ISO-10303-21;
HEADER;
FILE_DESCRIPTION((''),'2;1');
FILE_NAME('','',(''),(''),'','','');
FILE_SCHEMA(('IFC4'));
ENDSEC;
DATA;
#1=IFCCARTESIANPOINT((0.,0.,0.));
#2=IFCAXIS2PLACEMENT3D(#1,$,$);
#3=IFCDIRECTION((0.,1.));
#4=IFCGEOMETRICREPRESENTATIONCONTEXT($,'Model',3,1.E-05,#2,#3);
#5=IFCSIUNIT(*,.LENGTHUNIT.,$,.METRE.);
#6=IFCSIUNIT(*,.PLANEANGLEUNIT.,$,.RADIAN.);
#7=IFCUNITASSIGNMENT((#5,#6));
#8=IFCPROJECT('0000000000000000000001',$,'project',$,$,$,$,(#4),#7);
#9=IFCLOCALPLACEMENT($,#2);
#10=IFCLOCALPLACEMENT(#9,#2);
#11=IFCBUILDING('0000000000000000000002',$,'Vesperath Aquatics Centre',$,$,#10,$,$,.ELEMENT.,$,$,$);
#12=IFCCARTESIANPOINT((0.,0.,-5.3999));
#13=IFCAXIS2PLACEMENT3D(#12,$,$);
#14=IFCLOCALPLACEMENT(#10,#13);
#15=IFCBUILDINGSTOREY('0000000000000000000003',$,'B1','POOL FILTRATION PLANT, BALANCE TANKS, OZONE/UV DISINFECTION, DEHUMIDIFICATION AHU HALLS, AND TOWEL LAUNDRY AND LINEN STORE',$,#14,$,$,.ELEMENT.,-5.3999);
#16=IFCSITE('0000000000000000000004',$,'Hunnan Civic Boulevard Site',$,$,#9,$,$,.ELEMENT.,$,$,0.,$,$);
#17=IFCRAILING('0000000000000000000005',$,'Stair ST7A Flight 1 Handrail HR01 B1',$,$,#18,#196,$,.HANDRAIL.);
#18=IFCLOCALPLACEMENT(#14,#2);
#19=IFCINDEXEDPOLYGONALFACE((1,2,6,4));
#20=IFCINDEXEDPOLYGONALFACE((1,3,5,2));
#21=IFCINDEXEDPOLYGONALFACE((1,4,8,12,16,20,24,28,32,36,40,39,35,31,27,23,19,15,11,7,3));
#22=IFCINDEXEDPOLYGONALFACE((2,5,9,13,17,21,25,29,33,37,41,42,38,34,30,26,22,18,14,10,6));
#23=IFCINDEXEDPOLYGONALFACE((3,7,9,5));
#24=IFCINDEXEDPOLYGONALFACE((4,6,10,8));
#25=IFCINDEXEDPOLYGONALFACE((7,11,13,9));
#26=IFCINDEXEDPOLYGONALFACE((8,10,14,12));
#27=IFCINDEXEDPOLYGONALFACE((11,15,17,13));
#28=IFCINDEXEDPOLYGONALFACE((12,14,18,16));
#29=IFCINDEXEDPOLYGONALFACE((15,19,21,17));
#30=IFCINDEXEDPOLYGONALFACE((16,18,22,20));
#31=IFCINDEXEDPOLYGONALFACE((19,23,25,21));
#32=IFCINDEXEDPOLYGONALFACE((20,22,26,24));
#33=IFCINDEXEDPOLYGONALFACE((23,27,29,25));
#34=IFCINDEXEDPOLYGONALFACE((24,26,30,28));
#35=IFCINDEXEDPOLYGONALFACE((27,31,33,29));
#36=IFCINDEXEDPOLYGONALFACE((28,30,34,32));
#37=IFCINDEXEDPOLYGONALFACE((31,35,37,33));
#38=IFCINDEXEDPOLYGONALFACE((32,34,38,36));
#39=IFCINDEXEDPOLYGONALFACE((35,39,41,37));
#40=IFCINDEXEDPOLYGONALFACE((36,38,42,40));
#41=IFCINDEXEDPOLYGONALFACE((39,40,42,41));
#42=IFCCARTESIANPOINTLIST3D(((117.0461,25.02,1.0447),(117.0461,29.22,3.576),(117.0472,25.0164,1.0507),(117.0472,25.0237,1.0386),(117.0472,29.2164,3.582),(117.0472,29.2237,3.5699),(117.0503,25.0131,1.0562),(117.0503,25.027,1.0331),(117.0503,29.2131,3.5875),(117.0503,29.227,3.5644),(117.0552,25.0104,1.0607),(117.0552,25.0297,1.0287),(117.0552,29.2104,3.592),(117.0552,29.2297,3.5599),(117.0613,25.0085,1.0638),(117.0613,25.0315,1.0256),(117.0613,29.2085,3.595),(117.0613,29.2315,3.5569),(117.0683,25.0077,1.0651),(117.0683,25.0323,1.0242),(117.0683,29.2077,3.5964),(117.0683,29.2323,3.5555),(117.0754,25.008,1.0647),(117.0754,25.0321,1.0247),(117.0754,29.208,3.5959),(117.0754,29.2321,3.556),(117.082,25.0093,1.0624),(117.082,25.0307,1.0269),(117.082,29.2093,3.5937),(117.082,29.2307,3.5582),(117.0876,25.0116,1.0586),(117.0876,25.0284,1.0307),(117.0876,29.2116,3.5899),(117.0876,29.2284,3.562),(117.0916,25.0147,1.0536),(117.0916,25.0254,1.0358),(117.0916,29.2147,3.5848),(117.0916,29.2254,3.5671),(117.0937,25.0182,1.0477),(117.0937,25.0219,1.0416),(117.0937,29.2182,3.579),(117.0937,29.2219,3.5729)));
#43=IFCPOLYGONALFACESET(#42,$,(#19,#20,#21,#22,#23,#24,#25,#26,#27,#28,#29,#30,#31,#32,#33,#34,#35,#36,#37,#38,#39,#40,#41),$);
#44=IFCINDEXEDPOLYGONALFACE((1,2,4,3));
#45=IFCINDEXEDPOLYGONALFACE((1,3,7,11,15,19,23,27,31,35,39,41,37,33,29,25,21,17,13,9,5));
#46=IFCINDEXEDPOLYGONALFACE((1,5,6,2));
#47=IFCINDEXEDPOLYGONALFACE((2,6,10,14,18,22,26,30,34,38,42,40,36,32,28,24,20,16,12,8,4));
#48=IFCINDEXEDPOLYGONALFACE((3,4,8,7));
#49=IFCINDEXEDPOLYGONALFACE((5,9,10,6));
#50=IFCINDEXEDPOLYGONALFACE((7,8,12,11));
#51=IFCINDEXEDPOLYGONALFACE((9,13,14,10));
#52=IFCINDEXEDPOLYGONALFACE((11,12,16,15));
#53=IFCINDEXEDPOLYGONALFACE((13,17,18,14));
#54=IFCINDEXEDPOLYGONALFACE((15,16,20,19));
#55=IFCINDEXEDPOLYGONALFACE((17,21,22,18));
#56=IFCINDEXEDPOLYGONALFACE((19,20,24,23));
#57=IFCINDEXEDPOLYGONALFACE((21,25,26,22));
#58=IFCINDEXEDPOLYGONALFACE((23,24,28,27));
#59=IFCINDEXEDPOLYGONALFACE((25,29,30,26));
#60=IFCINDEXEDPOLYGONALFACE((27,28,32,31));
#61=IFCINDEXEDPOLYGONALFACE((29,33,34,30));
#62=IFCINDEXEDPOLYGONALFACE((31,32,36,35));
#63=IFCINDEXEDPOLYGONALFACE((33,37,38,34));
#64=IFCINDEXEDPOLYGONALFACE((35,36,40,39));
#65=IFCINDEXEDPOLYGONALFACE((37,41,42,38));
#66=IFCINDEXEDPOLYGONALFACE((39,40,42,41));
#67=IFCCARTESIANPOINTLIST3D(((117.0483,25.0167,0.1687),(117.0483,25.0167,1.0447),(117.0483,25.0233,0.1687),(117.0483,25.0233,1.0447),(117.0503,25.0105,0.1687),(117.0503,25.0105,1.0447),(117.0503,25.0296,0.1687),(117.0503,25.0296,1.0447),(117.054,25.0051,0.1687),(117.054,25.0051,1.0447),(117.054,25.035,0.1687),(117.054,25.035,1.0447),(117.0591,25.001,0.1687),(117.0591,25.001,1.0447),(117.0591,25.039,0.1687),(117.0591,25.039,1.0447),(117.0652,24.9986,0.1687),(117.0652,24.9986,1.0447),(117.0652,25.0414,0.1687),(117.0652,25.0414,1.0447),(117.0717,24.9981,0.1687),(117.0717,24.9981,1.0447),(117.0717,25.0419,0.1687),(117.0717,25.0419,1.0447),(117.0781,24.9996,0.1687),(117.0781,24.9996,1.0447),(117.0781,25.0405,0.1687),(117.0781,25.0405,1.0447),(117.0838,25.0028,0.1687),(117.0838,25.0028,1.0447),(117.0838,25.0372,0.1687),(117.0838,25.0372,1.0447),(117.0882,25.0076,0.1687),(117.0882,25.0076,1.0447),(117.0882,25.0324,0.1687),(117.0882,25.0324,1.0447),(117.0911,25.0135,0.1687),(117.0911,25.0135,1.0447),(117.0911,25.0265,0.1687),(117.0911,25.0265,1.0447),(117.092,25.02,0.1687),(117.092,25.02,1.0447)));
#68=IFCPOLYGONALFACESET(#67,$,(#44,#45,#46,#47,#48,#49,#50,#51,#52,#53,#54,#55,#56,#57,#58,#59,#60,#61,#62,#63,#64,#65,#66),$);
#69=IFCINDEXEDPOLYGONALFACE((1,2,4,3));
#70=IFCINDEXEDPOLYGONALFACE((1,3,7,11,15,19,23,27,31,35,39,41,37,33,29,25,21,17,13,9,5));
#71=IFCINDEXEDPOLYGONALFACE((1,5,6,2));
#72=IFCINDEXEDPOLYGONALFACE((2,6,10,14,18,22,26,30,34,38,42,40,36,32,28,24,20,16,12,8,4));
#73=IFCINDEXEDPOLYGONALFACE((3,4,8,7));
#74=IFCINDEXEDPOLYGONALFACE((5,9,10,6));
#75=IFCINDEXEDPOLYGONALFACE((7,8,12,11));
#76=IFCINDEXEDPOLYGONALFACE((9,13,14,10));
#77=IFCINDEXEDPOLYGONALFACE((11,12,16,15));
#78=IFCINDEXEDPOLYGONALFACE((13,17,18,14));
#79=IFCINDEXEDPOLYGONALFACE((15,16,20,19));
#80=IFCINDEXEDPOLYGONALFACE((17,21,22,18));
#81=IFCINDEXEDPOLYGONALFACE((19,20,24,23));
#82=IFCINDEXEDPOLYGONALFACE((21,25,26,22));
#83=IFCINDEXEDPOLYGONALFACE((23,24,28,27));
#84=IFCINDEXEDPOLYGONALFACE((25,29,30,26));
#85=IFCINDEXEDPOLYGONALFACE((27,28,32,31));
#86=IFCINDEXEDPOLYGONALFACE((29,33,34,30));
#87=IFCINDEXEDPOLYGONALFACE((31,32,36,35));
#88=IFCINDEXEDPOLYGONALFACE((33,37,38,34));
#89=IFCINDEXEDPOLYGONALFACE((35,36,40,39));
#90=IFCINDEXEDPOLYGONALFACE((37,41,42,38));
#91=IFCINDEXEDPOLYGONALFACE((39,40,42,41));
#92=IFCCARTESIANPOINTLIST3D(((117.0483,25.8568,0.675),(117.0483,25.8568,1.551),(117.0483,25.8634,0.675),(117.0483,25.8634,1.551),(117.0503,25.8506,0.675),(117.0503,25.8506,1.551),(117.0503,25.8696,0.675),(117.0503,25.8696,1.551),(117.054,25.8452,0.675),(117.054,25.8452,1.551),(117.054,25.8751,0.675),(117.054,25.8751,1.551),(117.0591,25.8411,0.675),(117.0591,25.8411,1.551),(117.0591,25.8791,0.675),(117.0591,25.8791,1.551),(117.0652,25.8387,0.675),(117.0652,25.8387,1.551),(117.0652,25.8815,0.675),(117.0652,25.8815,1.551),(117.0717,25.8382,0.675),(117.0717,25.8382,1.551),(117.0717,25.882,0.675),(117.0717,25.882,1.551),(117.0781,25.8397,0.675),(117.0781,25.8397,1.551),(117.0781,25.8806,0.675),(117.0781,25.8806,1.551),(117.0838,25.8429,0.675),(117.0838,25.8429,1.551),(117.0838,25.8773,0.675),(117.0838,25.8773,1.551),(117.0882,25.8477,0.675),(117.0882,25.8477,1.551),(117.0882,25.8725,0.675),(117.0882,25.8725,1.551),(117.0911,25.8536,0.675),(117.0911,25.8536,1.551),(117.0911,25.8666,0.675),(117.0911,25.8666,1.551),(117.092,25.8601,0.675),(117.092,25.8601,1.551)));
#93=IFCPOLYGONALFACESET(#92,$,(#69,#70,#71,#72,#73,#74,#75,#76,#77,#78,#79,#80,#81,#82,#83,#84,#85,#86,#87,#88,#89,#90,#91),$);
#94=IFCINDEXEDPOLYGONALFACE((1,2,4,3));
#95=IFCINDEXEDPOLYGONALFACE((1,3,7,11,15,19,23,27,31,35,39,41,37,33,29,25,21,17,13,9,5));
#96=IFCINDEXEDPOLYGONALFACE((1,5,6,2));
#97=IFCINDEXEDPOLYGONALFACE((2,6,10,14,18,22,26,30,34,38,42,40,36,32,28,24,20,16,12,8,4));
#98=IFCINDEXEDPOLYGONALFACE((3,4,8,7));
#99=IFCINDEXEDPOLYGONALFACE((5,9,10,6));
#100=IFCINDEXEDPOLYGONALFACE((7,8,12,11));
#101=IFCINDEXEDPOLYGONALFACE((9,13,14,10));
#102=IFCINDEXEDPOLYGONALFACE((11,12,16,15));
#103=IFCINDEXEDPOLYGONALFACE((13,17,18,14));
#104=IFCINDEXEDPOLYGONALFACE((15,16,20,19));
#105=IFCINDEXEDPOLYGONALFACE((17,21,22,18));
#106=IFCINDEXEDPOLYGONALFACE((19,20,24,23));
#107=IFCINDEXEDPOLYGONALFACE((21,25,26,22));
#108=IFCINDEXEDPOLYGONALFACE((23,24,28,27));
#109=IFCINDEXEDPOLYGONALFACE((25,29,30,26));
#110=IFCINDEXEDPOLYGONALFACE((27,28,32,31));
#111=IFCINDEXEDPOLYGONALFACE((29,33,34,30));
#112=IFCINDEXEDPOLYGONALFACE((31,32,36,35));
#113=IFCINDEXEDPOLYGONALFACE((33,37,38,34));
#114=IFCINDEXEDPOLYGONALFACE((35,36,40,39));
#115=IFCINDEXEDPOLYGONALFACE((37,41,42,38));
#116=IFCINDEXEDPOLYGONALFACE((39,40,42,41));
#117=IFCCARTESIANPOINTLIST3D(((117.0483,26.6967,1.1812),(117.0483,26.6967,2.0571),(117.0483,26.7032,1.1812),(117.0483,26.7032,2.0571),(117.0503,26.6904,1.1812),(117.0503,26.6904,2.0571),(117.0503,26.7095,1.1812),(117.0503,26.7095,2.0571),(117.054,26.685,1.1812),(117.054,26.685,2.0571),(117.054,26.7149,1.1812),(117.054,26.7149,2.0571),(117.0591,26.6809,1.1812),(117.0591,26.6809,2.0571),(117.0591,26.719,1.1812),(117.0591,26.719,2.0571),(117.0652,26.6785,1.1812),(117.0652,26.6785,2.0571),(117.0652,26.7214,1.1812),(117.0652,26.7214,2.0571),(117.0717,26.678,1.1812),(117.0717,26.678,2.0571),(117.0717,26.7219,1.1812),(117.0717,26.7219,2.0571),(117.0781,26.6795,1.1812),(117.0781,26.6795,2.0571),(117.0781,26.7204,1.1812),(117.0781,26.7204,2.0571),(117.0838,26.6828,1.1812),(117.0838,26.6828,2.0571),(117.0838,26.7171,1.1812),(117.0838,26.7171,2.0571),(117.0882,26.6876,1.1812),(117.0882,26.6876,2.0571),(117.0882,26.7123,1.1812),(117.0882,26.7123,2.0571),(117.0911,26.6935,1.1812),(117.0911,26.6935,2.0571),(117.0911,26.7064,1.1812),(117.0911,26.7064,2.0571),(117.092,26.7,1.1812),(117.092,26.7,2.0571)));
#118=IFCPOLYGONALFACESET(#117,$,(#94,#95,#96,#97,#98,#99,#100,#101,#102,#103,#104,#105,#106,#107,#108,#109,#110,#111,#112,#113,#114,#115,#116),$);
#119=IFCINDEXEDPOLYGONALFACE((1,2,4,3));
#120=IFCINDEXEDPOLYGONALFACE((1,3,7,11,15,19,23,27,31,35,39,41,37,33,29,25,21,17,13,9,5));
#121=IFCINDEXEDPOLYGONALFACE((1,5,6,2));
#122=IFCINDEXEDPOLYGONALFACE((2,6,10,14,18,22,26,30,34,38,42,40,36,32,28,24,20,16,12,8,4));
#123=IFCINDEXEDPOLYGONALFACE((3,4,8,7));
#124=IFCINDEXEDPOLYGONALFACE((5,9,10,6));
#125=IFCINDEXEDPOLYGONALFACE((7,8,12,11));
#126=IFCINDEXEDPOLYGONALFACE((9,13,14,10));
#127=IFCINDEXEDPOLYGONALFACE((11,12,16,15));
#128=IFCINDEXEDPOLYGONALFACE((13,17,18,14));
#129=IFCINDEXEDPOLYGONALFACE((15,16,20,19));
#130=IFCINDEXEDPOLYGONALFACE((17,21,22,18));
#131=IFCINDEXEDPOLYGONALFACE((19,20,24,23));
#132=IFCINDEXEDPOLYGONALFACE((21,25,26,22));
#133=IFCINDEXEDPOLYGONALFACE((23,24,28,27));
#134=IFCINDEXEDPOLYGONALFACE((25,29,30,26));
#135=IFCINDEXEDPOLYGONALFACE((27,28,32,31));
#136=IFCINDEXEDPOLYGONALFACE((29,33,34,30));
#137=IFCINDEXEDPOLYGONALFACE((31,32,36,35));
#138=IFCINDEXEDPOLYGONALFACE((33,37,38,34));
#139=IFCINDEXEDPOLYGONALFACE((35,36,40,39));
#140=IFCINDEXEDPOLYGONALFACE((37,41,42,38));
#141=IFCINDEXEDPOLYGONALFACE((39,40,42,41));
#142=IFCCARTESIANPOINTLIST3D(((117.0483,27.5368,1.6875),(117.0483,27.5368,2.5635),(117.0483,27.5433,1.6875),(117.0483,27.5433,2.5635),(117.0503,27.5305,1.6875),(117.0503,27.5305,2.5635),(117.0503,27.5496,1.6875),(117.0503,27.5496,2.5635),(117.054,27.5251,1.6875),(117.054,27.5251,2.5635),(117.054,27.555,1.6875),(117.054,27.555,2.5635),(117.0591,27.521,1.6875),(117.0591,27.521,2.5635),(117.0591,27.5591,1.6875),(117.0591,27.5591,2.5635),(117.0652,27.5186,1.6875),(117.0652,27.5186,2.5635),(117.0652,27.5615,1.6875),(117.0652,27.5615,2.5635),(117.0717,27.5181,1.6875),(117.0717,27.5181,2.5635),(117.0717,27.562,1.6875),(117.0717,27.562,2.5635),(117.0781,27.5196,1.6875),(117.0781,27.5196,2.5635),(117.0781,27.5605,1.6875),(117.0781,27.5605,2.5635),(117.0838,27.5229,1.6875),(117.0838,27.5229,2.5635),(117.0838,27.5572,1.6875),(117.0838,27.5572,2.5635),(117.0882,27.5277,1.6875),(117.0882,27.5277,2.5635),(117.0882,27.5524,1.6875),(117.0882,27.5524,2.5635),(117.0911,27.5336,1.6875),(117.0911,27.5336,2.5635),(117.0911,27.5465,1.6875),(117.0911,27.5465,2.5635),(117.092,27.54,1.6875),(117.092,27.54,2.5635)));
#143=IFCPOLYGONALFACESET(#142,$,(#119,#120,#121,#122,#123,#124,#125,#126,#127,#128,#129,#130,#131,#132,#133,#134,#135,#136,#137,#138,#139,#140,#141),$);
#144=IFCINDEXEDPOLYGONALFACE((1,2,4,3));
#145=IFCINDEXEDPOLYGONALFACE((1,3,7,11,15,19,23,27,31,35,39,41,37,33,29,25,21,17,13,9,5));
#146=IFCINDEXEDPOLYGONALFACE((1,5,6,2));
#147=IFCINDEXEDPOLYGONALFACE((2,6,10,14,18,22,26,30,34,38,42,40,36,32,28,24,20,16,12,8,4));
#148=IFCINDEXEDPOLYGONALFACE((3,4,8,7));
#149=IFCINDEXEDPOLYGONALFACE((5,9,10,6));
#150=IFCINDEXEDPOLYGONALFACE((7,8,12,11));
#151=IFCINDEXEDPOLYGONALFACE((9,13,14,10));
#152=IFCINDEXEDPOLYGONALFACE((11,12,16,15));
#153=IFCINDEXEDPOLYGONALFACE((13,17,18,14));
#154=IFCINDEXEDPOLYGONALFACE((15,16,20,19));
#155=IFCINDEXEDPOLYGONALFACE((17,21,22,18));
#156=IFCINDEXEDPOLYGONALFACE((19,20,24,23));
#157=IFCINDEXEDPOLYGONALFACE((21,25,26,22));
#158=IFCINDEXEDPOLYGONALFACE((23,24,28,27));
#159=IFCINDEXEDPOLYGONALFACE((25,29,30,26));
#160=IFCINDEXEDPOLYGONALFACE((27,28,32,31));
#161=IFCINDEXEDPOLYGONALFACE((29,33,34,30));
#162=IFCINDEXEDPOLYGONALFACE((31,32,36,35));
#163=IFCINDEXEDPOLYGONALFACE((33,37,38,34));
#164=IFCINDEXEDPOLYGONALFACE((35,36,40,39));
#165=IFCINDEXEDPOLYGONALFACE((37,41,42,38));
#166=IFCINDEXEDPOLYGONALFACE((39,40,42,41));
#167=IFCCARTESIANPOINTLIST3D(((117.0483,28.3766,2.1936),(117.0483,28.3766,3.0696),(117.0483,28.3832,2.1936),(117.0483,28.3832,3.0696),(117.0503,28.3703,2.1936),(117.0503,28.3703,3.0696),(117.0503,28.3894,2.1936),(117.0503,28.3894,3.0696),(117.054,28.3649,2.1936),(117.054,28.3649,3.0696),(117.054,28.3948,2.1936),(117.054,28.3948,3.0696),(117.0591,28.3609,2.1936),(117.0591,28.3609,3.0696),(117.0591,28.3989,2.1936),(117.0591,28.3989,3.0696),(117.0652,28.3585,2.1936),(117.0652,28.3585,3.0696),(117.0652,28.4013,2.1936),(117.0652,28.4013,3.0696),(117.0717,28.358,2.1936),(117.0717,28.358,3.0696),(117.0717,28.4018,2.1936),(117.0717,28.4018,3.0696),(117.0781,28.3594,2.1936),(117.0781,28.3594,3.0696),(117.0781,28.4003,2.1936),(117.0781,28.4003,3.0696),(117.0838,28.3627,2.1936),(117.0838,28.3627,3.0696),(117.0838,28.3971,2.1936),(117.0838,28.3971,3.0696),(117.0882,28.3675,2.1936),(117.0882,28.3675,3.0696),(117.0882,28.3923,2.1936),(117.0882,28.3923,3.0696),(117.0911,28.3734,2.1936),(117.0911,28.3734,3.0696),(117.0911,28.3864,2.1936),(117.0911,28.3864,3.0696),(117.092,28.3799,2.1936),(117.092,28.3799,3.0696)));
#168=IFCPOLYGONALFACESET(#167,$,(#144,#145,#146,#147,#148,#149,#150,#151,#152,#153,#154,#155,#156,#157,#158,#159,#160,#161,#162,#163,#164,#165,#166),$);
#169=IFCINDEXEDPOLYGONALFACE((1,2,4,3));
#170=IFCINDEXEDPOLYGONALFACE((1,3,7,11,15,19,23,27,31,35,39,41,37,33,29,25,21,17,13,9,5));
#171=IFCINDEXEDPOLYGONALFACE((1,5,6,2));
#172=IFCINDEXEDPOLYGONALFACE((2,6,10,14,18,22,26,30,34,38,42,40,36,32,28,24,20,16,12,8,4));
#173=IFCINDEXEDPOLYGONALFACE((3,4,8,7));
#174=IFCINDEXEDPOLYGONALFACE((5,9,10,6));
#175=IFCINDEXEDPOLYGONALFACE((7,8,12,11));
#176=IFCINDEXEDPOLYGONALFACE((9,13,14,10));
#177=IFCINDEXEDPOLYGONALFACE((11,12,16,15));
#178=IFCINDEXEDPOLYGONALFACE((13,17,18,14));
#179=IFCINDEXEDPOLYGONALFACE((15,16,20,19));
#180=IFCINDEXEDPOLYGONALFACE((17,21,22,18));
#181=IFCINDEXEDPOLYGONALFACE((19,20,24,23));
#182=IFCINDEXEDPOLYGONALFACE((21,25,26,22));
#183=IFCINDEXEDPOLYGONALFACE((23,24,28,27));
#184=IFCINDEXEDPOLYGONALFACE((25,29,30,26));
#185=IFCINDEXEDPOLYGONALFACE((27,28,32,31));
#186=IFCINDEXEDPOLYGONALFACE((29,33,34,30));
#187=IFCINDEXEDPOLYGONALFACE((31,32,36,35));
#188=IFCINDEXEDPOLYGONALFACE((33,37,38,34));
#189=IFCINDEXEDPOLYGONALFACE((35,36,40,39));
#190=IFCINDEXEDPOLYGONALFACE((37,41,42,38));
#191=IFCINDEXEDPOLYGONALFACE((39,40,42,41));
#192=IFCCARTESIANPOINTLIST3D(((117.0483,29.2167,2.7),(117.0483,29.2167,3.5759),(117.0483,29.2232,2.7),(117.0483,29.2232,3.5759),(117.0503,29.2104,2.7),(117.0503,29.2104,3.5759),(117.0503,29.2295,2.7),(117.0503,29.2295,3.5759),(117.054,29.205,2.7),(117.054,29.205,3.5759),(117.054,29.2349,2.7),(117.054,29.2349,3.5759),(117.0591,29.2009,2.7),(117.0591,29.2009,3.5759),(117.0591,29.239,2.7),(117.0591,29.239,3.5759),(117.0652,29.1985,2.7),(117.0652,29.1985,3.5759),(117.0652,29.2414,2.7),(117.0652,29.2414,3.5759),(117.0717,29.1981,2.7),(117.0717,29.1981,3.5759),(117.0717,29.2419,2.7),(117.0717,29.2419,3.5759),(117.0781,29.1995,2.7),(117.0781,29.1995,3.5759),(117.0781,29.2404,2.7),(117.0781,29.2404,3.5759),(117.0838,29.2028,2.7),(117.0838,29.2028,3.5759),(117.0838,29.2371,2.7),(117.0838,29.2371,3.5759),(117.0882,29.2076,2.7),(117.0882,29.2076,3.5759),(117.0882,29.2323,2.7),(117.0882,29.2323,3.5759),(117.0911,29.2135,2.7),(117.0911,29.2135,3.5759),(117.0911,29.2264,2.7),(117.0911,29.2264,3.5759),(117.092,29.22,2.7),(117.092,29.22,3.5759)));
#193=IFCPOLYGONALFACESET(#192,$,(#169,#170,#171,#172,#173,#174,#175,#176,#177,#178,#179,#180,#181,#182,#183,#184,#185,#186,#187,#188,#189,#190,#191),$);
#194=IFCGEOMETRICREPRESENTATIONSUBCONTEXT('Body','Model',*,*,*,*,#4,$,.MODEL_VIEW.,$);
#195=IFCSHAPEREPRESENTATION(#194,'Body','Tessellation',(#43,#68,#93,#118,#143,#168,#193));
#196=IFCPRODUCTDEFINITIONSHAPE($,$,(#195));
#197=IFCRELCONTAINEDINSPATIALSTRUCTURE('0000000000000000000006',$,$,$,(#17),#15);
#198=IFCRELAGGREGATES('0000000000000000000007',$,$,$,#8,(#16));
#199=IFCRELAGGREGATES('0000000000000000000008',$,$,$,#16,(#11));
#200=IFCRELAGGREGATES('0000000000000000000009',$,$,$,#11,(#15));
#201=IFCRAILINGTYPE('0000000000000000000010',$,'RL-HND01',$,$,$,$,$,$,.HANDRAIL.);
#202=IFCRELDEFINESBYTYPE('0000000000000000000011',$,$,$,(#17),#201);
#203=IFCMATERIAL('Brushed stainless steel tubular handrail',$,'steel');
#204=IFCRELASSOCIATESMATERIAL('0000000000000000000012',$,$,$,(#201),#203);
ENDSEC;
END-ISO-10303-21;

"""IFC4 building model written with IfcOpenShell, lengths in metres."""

from ifc_helpers import new_model, si_unit, direction, frame, origin, origin_2d, place, context, subcontext, project, spatial, circle, extrude, material, type_object, element, save


model = new_model("IFC4")

# Units and contexts
model_context = context("Model", 3, precision=1e-05, world=origin(), true_north=direction((0.0, 1.0)))
body_context = subcontext(model_context, "Body", "Model", "MODEL_VIEW")
ifc_project = project(units=[si_unit("LENGTHUNIT", "METRE"), si_unit("PLANEANGLEUNIT", "RADIAN")], contexts=[model_context])

# Site, building, storey
site_placement = place(None, origin())
site = spatial("IfcSite", under=ifc_project, at=site_placement, Name="Hunnan Civic Boulevard Site", CompositionType="ELEMENT", RefElevation=0.0)
building_placement = place(site_placement, origin())
building = spatial("IfcBuilding", under=site, at=building_placement, Name="Vesperath Aquatics Centre", CompositionType="ELEMENT")
storey_placement = place(building_placement, frame((0.0, 0.0, -5.3999)))
storey = spatial("IfcBuildingStorey", under=building, at=storey_placement, Name="B1", Description="POOL FILTRATION PLANT, BALANCE TANKS, OZONE/UV DISINFECTION, DEHUMIDIFICATION AHU HALLS, AND TOWEL LAUNDRY AND LINEN STORE", CompositionType="ELEMENT", Elevation=-5.3999)

# Railing
ifc_material_1 = material(Name="Brushed stainless steel tubular handrail", Category="steel")
railing_type_1 = type_object("IfcRailingType", Name="RL-HND01", PredefinedType="HANDRAIL", material=ifc_material_1)
railing_1_placement = place(storey_placement, frame((117.0701, 25.02, 0.1687)))
element("IfcRailing", 1, at=railing_1_placement, inside=storey, type_object=railing_type_1, Name="Stair ST7A Flight 1 Handrail HR01 B1", PredefinedType="HANDRAIL", context=body_context, shape_type="SweptSolid", body=[
    extrude(circle(Radius=0.0239, at=origin_2d()), frame((0.0, 0.0, 0.876), z_axis=(0.0, 0.856476, 0.516186), x_axis=(-1.0, 0.0, 0.0)), (0.0, 0.0, 1.0), 4.9038),
    extrude(circle(Radius=0.022, at=origin_2d()), origin(), (0.0, 0.0, 1.0), 0.876),
    extrude(circle(Radius=0.022, at=origin_2d()), frame((0.0, 0.8401, 0.5063)), (0.0, 0.0, 1.0), 0.876),
    extrude(circle(Radius=0.022, at=origin_2d()), frame((0.0, 1.6799, 1.0125)), (0.0, 0.0, 1.0), 0.876),
    extrude(circle(Radius=0.022, at=origin_2d()), frame((0.0, 2.52, 1.5188)), (0.0, 0.0, 1.0), 0.876),
    extrude(circle(Radius=0.022, at=origin_2d()), frame((0.0, 3.3599, 2.0249)), (0.0, 0.0, 1.0), 0.876),
    extrude(circle(Radius=0.022, at=origin_2d()), frame((0.0, 4.2, 2.5312)), (0.0, 0.0, 1.0), 0.876),
])

save(model, "model.ifc")
